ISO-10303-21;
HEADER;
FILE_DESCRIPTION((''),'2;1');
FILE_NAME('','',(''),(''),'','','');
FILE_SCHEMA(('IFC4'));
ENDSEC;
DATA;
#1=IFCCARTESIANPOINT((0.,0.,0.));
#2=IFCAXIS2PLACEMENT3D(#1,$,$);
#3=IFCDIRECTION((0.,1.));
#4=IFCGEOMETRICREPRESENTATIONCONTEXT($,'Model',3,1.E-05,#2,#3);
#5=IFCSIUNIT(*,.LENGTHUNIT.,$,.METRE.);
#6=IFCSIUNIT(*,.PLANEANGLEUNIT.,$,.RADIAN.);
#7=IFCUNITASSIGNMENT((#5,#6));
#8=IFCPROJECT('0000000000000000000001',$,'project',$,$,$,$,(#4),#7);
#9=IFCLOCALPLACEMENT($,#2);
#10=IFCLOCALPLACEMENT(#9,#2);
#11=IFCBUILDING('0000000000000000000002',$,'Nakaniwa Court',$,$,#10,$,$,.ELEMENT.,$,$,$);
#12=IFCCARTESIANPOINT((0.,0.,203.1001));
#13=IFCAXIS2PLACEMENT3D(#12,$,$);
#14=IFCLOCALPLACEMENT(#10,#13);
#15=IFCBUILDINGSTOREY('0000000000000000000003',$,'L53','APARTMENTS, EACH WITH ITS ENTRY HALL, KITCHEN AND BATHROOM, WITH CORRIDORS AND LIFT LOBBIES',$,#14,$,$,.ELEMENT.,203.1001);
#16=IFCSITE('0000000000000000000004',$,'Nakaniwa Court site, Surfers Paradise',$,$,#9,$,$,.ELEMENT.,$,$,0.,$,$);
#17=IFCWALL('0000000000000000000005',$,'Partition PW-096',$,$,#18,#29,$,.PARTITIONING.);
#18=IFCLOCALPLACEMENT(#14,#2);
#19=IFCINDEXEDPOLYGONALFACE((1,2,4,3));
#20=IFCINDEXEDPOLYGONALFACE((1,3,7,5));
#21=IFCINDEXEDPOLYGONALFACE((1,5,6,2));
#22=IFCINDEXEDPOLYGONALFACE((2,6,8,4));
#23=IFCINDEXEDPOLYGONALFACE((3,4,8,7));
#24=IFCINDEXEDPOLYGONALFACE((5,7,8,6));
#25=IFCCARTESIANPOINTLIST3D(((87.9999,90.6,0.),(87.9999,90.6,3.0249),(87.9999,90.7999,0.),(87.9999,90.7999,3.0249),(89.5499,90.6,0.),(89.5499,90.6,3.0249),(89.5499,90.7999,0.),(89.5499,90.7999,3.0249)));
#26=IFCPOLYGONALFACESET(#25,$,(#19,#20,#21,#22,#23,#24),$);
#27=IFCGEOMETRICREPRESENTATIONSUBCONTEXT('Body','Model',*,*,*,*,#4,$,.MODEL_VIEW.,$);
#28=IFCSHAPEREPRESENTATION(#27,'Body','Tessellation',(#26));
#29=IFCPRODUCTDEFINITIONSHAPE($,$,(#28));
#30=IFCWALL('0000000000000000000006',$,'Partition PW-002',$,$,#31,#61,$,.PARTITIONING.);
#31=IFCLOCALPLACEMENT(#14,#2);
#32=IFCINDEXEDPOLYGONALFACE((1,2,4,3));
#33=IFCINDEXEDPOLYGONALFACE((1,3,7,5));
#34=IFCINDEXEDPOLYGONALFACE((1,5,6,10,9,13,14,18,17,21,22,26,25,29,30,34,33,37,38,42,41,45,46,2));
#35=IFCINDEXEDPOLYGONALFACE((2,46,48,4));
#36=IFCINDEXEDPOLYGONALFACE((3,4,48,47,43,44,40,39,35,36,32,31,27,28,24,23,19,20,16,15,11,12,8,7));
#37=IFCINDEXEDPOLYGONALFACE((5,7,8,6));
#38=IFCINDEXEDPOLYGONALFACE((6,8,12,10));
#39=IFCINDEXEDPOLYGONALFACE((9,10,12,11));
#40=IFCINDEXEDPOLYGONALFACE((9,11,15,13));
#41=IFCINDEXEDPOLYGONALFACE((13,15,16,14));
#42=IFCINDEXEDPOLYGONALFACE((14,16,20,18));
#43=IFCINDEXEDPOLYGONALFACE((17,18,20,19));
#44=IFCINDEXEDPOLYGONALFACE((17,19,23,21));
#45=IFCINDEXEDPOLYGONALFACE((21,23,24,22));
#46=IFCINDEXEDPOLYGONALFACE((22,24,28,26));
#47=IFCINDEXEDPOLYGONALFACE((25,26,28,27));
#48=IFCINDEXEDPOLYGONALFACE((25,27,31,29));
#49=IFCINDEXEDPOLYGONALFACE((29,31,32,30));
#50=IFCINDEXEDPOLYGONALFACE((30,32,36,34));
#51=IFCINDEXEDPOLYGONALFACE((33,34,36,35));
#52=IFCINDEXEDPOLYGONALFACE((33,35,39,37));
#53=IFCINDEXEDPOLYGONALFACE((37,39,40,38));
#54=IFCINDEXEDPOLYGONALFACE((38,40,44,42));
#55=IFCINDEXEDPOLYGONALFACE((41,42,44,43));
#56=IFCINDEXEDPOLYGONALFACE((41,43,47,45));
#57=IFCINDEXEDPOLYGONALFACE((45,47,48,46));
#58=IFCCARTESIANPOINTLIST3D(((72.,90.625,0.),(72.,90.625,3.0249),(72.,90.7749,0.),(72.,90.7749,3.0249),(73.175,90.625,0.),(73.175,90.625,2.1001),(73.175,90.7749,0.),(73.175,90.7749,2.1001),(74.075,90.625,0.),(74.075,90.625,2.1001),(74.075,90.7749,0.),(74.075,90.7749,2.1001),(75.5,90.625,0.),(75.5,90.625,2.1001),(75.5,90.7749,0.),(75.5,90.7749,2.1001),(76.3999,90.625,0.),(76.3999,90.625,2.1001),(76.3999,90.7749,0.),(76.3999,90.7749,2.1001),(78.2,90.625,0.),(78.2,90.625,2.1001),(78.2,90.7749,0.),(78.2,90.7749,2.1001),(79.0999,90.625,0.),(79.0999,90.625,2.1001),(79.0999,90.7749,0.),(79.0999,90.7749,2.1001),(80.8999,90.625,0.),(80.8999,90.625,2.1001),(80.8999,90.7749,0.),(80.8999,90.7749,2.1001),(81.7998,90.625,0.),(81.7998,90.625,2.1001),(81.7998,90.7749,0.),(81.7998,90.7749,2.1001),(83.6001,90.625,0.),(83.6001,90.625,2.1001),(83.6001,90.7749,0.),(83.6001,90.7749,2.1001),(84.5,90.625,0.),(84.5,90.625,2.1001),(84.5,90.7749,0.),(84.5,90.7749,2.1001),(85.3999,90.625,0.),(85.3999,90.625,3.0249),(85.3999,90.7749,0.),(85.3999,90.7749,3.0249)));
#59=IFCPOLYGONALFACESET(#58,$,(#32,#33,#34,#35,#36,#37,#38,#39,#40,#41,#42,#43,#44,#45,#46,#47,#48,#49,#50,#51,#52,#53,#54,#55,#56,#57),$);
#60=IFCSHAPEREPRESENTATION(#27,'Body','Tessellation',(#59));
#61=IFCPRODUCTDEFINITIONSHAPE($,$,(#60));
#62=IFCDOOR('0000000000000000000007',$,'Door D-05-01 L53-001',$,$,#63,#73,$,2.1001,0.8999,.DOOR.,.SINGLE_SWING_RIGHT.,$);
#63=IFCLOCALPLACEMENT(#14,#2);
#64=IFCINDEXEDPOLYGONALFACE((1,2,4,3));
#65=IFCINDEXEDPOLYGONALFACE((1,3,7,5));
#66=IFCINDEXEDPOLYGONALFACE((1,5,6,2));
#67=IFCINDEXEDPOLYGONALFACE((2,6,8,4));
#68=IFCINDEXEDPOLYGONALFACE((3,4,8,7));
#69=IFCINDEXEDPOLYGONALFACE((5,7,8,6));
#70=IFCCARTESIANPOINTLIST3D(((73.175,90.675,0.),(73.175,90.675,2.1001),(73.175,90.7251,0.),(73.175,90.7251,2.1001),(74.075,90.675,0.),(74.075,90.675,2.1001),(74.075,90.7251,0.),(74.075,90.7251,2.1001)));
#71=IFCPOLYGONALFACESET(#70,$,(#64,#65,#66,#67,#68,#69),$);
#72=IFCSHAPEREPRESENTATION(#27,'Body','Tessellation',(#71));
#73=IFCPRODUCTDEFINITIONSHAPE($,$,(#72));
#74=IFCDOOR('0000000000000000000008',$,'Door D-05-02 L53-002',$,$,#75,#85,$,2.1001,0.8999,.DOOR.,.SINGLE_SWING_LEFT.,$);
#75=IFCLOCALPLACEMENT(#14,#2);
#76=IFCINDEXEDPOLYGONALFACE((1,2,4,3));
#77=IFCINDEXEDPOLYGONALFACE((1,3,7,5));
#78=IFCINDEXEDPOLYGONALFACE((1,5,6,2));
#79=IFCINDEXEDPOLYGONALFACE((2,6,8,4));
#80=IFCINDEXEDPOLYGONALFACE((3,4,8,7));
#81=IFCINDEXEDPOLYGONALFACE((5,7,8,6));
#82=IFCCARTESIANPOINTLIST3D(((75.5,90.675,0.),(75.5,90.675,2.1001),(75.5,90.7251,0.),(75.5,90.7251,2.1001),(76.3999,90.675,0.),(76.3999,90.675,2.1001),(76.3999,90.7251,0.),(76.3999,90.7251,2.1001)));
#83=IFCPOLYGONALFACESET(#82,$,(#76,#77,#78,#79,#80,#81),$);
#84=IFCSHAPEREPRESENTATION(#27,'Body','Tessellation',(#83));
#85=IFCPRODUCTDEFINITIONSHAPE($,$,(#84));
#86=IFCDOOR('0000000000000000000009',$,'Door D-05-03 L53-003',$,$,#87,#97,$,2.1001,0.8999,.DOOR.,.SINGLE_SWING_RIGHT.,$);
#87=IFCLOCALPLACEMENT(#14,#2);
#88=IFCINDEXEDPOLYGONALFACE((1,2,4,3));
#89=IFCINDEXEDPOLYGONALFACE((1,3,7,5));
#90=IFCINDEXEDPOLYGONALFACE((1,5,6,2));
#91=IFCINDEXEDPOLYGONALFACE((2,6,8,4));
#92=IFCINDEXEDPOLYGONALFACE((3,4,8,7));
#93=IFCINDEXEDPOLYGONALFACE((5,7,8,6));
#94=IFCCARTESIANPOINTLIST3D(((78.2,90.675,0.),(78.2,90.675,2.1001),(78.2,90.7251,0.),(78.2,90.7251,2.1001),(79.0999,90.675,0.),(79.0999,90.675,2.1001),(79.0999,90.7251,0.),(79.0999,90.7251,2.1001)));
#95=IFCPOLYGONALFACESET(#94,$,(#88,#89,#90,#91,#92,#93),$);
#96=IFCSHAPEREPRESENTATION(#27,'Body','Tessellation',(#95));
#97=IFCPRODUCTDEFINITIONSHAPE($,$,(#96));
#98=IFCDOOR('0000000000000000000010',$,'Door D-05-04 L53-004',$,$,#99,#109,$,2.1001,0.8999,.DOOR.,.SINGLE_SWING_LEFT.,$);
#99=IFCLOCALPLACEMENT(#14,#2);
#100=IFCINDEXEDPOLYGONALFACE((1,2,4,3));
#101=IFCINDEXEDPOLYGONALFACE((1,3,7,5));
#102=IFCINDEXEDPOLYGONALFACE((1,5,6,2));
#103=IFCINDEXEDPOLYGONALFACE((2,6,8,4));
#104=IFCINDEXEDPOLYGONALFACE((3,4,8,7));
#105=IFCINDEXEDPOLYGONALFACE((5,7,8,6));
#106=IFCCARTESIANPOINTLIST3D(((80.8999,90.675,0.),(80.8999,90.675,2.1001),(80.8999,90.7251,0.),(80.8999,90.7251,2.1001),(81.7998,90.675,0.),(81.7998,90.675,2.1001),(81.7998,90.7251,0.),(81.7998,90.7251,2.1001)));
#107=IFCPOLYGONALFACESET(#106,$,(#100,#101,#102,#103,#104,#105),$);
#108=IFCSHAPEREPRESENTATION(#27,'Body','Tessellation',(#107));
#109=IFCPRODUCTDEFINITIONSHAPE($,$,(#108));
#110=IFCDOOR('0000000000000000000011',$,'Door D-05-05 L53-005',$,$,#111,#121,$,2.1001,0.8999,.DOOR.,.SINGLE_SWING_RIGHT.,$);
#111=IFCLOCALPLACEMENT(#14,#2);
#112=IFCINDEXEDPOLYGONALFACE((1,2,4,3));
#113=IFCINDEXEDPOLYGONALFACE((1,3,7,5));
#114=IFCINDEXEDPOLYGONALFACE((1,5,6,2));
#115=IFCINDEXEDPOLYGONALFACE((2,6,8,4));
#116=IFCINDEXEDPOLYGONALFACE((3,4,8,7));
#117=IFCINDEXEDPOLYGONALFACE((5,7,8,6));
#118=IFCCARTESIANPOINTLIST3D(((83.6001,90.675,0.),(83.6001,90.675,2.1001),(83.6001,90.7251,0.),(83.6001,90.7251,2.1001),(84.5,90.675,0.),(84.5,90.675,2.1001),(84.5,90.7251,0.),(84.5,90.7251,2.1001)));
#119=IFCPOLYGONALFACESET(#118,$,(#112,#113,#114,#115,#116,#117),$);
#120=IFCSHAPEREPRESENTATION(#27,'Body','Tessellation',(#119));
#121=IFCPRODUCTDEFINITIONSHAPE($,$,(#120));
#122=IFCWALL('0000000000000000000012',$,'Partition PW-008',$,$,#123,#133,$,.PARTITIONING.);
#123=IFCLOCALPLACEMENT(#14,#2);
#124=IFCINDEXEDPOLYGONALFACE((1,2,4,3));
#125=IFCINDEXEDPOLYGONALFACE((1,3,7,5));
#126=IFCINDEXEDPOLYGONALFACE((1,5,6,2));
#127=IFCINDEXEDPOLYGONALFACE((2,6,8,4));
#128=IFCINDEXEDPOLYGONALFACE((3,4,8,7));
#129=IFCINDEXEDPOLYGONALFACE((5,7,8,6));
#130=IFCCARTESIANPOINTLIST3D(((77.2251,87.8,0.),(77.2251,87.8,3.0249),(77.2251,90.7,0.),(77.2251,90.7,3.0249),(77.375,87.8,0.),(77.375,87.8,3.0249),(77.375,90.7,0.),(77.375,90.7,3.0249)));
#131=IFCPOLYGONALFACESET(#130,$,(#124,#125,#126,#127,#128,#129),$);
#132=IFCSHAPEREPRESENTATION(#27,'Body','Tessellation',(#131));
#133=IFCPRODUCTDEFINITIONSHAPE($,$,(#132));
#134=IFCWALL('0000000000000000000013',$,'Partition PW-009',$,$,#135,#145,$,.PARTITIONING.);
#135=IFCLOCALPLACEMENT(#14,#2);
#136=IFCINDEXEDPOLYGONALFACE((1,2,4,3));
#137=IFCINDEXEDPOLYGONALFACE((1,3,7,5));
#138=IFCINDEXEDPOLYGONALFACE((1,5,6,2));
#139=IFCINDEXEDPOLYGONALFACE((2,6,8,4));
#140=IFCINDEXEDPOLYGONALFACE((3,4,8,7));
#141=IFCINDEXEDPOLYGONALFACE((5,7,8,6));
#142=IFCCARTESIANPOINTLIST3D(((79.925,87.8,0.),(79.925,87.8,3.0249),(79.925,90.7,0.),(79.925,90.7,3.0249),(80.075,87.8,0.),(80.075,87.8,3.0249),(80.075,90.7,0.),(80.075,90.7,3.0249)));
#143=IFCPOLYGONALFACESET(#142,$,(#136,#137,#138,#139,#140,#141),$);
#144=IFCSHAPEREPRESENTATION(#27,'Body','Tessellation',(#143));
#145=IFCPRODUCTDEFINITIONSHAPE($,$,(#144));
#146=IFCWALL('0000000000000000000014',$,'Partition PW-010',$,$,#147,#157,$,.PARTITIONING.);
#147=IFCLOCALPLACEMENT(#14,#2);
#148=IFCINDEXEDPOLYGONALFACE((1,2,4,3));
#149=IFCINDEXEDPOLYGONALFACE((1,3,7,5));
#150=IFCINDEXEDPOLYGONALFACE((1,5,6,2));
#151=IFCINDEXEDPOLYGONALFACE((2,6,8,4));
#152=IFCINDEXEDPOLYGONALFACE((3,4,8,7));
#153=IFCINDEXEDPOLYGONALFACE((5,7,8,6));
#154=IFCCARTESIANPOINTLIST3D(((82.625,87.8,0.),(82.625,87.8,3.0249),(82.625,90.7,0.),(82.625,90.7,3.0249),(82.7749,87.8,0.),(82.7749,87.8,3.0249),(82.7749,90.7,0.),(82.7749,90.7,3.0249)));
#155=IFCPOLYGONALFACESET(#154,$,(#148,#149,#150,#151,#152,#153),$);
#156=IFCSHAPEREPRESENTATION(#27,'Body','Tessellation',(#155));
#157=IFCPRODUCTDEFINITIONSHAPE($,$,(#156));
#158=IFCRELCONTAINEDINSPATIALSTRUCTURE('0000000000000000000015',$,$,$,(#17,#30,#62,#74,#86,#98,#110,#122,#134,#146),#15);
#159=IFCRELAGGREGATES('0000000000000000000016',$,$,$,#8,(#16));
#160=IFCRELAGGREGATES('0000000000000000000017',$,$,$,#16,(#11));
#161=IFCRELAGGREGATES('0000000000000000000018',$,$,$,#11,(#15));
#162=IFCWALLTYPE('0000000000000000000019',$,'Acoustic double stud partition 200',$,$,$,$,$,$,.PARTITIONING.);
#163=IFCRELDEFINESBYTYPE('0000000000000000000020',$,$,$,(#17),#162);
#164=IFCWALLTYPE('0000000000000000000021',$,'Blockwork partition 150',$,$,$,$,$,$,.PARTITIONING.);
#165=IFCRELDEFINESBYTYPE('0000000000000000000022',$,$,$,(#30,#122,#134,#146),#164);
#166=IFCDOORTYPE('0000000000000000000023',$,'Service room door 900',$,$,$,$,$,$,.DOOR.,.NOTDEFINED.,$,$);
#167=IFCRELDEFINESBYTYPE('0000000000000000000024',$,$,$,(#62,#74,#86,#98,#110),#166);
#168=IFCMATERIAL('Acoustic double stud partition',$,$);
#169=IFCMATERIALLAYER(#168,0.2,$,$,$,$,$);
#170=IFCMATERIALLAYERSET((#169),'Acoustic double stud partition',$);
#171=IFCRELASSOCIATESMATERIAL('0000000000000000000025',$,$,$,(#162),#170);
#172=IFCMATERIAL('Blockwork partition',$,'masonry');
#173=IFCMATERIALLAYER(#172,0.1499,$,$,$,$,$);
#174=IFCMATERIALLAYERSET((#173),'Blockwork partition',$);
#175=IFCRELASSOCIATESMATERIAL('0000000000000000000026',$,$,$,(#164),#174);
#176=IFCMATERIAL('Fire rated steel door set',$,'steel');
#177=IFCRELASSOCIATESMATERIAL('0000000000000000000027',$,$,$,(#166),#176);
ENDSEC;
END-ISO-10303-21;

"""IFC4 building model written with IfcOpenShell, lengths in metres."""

from ifc_helpers import new_model, si_unit, direction, frame, frame_2d, origin, place, context, subcontext, project, spatial, rectangle, extrude, material, layer, layer_set, type_object, element, fill, save


model = new_model("IFC4")

# Units and contexts
model_context = context("Model", 3, precision=1e-05, world=origin(), true_north=direction((0.0, 1.0)))
body_context = subcontext(model_context, "Body", "Model", "MODEL_VIEW")
ifc_project = project(units=[si_unit("LENGTHUNIT", "METRE"), si_unit("PLANEANGLEUNIT", "RADIAN")], contexts=[model_context])

# Site, building, storey
site_placement = place(None, origin())
site = spatial("IfcSite", under=ifc_project, at=site_placement, Name="Nakaniwa Court site, Surfers Paradise", CompositionType="ELEMENT", RefElevation=0.0)
building_placement = place(site_placement, origin())
building = spatial("IfcBuilding", under=site, at=building_placement, Name="Nakaniwa Court", CompositionType="ELEMENT")
storey_placement = place(building_placement, frame((0.0, 0.0, 203.1001)))
storey = spatial("IfcBuildingStorey", under=building, at=storey_placement, Name="L53", Description="APARTMENTS, EACH WITH ITS ENTRY HALL, KITCHEN AND BATHROOM, WITH CORRIDORS AND LIFT LOBBIES", CompositionType="ELEMENT", Elevation=203.1001)

# Wall
ifc_material_1 = material(Name="Acoustic double stud partition")
ifc_layer_1 = layer(ifc_material_1, 0.2)
ifc_layer_set_1 = layer_set([ifc_layer_1], Name="Acoustic double stud partition")
wall_type_1 = type_object("IfcWallType", Name="Acoustic double stud partition 200", PredefinedType="PARTITIONING", material=ifc_layer_set_1)
wall_1_placement = place(storey_placement, frame((88.0, 90.7, 0.0), z_axis=(0.0, 0.0, 1.0), x_axis=(1.0, 0.0, 0.0)))
element("IfcWall", 1, at=wall_1_placement, inside=storey, type_object=wall_type_1, Name="Partition PW-096", PredefinedType="PARTITIONING", context=body_context, shape_type="SweptSolid", body=[
    extrude(rectangle(XDim=1.55, YDim=0.2, at=frame_2d((0.7749, 0.0))), origin(), (0.0, 0.0, 1.0), 3.0249),
])

# Wall, openings, doors
ifc_material_2 = material(Name="Blockwork partition", Category="masonry")
ifc_layer_2 = layer(ifc_material_2, 0.1499)
ifc_layer_set_2 = layer_set([ifc_layer_2], Name="Blockwork partition")
wall_type_2 = type_object("IfcWallType", Name="Blockwork partition 150", PredefinedType="PARTITIONING", material=ifc_layer_set_2)
wall_2_placement = place(storey_placement, frame((85.3999, 90.7, 0.0), z_axis=(0.0, 0.0, 1.0), x_axis=(-1.0, 0.0, 0.0)))
wall_2 = element("IfcWall", 2, at=wall_2_placement, inside=storey, type_object=wall_type_2, Name="Partition PW-002", PredefinedType="PARTITIONING", context=body_context, shape_type="SweptSolid", body=[
    extrude(rectangle(XDim=13.3999, YDim=0.1499, at=frame_2d((6.7, 0.0))), origin(), (0.0, 0.0, 1.0), 3.0249),
])
opening_1_placement = place(wall_2_placement, frame((11.325, 0.0, 0.0)))
opening_1 = element("IfcOpeningElement", 3, at=opening_1_placement, cuts=wall_2, PredefinedType="OPENING", context=body_context, shape_type="SweptSolid", body=[
    extrude(rectangle(XDim=0.8999, YDim=2.1001, at=frame_2d((0.45, 1.05))), frame((0.0, 0.085, 0.0), z_axis=(0.0, -1.0, 0.0), x_axis=(1.0, 0.0, 0.0)), (0.0, 0.0, 1.0), 0.1699),
])
opening_2_placement = place(wall_2_placement, frame((9.0, 0.0, 0.0)))
opening_2 = element("IfcOpeningElement", 4, at=opening_2_placement, cuts=wall_2, PredefinedType="OPENING", context=body_context, shape_type="SweptSolid", body=[
    extrude(rectangle(XDim=0.8999, YDim=2.1001, at=frame_2d((0.45, 1.05))), frame((0.0, 0.085, 0.0), z_axis=(0.0, -1.0, 0.0), x_axis=(1.0, 0.0, 0.0)), (0.0, 0.0, 1.0), 0.1699),
])
opening_3_placement = place(wall_2_placement, frame((6.3, 0.0, 0.0)))
opening_3 = element("IfcOpeningElement", 5, at=opening_3_placement, cuts=wall_2, PredefinedType="OPENING", context=body_context, shape_type="SweptSolid", body=[
    extrude(rectangle(XDim=0.8999, YDim=2.1001, at=frame_2d((0.45, 1.05))), frame((0.0, 0.085, 0.0), z_axis=(0.0, -1.0, 0.0), x_axis=(1.0, 0.0, 0.0)), (0.0, 0.0, 1.0), 0.1699),
])
opening_4_placement = place(wall_2_placement, frame((3.6001, 0.0, 0.0)))
opening_4 = element("IfcOpeningElement", 6, at=opening_4_placement, cuts=wall_2, PredefinedType="OPENING", context=body_context, shape_type="SweptSolid", body=[
    extrude(rectangle(XDim=0.8999, YDim=2.1001, at=frame_2d((0.45, 1.05))), frame((0.0, 0.085, 0.0), z_axis=(0.0, -1.0, 0.0), x_axis=(1.0, 0.0, 0.0)), (0.0, 0.0, 1.0), 0.1699),
])
opening_5_placement = place(wall_2_placement, frame((0.8999, 0.0, 0.0)))
opening_5 = element("IfcOpeningElement", 7, at=opening_5_placement, cuts=wall_2, PredefinedType="OPENING", context=body_context, shape_type="SweptSolid", body=[
    extrude(rectangle(XDim=0.8999, YDim=2.1001, at=frame_2d((0.45, 1.05))), frame((0.0, 0.085, 0.0), z_axis=(0.0, -1.0, 0.0), x_axis=(1.0, 0.0, 0.0)), (0.0, 0.0, 1.0), 0.1699),
])
ifc_material_3 = material(Name="Fire rated steel door set", Category="steel")
door_type_1 = type_object("IfcDoorType", Name="Service room door 900", OperationType="NOTDEFINED", PredefinedType="DOOR", material=ifc_material_3)
door_1_placement = place(opening_1_placement, origin())
door_1 = element("IfcDoor", 8, at=door_1_placement, inside=storey, type_object=door_type_1, Name="Door D-05-01 L53-001", OperationType="SINGLE_SWING_RIGHT", OverallHeight=2.1001, OverallWidth=0.8999, PredefinedType="DOOR", context=body_context, shape_type="SweptSolid", body=[
    extrude(rectangle(XDim=0.8999, YDim=2.1001, at=frame_2d((0.45, 1.05))), frame((0.0, 0.0249, 0.0), z_axis=(0.0, -1.0, 0.0), x_axis=(1.0, 0.0, 0.0)), (0.0, 0.0, 1.0), 0.05),
])
fill(opening_1, door_1)
door_2_placement = place(opening_2_placement, origin())
door_2 = element("IfcDoor", 9, at=door_2_placement, inside=storey, type_object=door_type_1, Name="Door D-05-02 L53-002", OperationType="SINGLE_SWING_LEFT", OverallHeight=2.1001, OverallWidth=0.8999, PredefinedType="DOOR", context=body_context, shape_type="SweptSolid", body=[
    extrude(rectangle(XDim=0.8999, YDim=2.1001, at=frame_2d((0.45, 1.05))), frame((0.0, 0.0249, 0.0), z_axis=(0.0, -1.0, 0.0), x_axis=(1.0, 0.0, 0.0)), (0.0, 0.0, 1.0), 0.05),
])
fill(opening_2, door_2)
door_3_placement = place(opening_3_placement, origin())
door_3 = element("IfcDoor", 10, at=door_3_placement, inside=storey, type_object=door_type_1, Name="Door D-05-03 L53-003", OperationType="SINGLE_SWING_RIGHT", OverallHeight=2.1001, OverallWidth=0.8999, PredefinedType="DOOR", context=body_context, shape_type="SweptSolid", body=[
    extrude(rectangle(XDim=0.8999, YDim=2.1001, at=frame_2d((0.45, 1.05))), frame((0.0, 0.0249, 0.0), z_axis=(0.0, -1.0, 0.0), x_axis=(1.0, 0.0, 0.0)), (0.0, 0.0, 1.0), 0.05),
])
fill(opening_3, door_3)
door_4_placement = place(opening_4_placement, origin())
door_4 = element("IfcDoor", 11, at=door_4_placement, inside=storey, type_object=door_type_1, Name="Door D-05-04 L53-004", OperationType="SINGLE_SWING_LEFT", OverallHeight=2.1001, OverallWidth=0.8999, PredefinedType="DOOR", context=body_context, shape_type="SweptSolid", body=[
    extrude(rectangle(XDim=0.8999, YDim=2.1001, at=frame_2d((0.45, 1.05))), frame((0.0, 0.0249, 0.0), z_axis=(0.0, -1.0, 0.0), x_axis=(1.0, 0.0, 0.0)), (0.0, 0.0, 1.0), 0.05),
])
fill(opening_4, door_4)
door_5_placement = place(opening_5_placement, origin())
door_5 = element("IfcDoor", 12, at=door_5_placement, inside=storey, type_object=door_type_1, Name="Door D-05-05 L53-005", OperationType="SINGLE_SWING_RIGHT", OverallHeight=2.1001, OverallWidth=0.8999, PredefinedType="DOOR", context=body_context, shape_type="SweptSolid", body=[
    extrude(rectangle(XDim=0.8999, YDim=2.1001, at=frame_2d((0.45, 1.05))), frame((0.0, 0.0249, 0.0), z_axis=(0.0, -1.0, 0.0), x_axis=(1.0, 0.0, 0.0)), (0.0, 0.0, 1.0), 0.05),
])
fill(opening_5, door_5)

# Walls
for number, where, z_axis, x_axis, name in (
    (13, (77.3, 87.8, 0.0), (0.0, 0.0, 1.0), (0.0, 1.0, 0.0), "Partition PW-008"),
    (14, (80.0, 87.8, 0.0), (0.0, 0.0, 1.0), (0.0, 1.0, 0.0), "Partition PW-009"),
    (15, (82.7, 87.8, 0.0), (0.0, 0.0, 1.0), (0.0, 1.0, 0.0), "Partition PW-010"),
):
    element("IfcWall", number, at=place(storey_placement, frame(where, z_axis=z_axis, x_axis=x_axis)), inside=storey, type_object=wall_type_2, Name=name, PredefinedType="PARTITIONING", context=body_context, shape_type="SweptSolid", body=[
        extrude(rectangle(XDim=2.8999, YDim=0.1499, at=frame_2d((1.45, 0.0))), origin(), (0.0, 0.0, 1.0), 3.0249),
    ])

save(model, "model.ifc")
